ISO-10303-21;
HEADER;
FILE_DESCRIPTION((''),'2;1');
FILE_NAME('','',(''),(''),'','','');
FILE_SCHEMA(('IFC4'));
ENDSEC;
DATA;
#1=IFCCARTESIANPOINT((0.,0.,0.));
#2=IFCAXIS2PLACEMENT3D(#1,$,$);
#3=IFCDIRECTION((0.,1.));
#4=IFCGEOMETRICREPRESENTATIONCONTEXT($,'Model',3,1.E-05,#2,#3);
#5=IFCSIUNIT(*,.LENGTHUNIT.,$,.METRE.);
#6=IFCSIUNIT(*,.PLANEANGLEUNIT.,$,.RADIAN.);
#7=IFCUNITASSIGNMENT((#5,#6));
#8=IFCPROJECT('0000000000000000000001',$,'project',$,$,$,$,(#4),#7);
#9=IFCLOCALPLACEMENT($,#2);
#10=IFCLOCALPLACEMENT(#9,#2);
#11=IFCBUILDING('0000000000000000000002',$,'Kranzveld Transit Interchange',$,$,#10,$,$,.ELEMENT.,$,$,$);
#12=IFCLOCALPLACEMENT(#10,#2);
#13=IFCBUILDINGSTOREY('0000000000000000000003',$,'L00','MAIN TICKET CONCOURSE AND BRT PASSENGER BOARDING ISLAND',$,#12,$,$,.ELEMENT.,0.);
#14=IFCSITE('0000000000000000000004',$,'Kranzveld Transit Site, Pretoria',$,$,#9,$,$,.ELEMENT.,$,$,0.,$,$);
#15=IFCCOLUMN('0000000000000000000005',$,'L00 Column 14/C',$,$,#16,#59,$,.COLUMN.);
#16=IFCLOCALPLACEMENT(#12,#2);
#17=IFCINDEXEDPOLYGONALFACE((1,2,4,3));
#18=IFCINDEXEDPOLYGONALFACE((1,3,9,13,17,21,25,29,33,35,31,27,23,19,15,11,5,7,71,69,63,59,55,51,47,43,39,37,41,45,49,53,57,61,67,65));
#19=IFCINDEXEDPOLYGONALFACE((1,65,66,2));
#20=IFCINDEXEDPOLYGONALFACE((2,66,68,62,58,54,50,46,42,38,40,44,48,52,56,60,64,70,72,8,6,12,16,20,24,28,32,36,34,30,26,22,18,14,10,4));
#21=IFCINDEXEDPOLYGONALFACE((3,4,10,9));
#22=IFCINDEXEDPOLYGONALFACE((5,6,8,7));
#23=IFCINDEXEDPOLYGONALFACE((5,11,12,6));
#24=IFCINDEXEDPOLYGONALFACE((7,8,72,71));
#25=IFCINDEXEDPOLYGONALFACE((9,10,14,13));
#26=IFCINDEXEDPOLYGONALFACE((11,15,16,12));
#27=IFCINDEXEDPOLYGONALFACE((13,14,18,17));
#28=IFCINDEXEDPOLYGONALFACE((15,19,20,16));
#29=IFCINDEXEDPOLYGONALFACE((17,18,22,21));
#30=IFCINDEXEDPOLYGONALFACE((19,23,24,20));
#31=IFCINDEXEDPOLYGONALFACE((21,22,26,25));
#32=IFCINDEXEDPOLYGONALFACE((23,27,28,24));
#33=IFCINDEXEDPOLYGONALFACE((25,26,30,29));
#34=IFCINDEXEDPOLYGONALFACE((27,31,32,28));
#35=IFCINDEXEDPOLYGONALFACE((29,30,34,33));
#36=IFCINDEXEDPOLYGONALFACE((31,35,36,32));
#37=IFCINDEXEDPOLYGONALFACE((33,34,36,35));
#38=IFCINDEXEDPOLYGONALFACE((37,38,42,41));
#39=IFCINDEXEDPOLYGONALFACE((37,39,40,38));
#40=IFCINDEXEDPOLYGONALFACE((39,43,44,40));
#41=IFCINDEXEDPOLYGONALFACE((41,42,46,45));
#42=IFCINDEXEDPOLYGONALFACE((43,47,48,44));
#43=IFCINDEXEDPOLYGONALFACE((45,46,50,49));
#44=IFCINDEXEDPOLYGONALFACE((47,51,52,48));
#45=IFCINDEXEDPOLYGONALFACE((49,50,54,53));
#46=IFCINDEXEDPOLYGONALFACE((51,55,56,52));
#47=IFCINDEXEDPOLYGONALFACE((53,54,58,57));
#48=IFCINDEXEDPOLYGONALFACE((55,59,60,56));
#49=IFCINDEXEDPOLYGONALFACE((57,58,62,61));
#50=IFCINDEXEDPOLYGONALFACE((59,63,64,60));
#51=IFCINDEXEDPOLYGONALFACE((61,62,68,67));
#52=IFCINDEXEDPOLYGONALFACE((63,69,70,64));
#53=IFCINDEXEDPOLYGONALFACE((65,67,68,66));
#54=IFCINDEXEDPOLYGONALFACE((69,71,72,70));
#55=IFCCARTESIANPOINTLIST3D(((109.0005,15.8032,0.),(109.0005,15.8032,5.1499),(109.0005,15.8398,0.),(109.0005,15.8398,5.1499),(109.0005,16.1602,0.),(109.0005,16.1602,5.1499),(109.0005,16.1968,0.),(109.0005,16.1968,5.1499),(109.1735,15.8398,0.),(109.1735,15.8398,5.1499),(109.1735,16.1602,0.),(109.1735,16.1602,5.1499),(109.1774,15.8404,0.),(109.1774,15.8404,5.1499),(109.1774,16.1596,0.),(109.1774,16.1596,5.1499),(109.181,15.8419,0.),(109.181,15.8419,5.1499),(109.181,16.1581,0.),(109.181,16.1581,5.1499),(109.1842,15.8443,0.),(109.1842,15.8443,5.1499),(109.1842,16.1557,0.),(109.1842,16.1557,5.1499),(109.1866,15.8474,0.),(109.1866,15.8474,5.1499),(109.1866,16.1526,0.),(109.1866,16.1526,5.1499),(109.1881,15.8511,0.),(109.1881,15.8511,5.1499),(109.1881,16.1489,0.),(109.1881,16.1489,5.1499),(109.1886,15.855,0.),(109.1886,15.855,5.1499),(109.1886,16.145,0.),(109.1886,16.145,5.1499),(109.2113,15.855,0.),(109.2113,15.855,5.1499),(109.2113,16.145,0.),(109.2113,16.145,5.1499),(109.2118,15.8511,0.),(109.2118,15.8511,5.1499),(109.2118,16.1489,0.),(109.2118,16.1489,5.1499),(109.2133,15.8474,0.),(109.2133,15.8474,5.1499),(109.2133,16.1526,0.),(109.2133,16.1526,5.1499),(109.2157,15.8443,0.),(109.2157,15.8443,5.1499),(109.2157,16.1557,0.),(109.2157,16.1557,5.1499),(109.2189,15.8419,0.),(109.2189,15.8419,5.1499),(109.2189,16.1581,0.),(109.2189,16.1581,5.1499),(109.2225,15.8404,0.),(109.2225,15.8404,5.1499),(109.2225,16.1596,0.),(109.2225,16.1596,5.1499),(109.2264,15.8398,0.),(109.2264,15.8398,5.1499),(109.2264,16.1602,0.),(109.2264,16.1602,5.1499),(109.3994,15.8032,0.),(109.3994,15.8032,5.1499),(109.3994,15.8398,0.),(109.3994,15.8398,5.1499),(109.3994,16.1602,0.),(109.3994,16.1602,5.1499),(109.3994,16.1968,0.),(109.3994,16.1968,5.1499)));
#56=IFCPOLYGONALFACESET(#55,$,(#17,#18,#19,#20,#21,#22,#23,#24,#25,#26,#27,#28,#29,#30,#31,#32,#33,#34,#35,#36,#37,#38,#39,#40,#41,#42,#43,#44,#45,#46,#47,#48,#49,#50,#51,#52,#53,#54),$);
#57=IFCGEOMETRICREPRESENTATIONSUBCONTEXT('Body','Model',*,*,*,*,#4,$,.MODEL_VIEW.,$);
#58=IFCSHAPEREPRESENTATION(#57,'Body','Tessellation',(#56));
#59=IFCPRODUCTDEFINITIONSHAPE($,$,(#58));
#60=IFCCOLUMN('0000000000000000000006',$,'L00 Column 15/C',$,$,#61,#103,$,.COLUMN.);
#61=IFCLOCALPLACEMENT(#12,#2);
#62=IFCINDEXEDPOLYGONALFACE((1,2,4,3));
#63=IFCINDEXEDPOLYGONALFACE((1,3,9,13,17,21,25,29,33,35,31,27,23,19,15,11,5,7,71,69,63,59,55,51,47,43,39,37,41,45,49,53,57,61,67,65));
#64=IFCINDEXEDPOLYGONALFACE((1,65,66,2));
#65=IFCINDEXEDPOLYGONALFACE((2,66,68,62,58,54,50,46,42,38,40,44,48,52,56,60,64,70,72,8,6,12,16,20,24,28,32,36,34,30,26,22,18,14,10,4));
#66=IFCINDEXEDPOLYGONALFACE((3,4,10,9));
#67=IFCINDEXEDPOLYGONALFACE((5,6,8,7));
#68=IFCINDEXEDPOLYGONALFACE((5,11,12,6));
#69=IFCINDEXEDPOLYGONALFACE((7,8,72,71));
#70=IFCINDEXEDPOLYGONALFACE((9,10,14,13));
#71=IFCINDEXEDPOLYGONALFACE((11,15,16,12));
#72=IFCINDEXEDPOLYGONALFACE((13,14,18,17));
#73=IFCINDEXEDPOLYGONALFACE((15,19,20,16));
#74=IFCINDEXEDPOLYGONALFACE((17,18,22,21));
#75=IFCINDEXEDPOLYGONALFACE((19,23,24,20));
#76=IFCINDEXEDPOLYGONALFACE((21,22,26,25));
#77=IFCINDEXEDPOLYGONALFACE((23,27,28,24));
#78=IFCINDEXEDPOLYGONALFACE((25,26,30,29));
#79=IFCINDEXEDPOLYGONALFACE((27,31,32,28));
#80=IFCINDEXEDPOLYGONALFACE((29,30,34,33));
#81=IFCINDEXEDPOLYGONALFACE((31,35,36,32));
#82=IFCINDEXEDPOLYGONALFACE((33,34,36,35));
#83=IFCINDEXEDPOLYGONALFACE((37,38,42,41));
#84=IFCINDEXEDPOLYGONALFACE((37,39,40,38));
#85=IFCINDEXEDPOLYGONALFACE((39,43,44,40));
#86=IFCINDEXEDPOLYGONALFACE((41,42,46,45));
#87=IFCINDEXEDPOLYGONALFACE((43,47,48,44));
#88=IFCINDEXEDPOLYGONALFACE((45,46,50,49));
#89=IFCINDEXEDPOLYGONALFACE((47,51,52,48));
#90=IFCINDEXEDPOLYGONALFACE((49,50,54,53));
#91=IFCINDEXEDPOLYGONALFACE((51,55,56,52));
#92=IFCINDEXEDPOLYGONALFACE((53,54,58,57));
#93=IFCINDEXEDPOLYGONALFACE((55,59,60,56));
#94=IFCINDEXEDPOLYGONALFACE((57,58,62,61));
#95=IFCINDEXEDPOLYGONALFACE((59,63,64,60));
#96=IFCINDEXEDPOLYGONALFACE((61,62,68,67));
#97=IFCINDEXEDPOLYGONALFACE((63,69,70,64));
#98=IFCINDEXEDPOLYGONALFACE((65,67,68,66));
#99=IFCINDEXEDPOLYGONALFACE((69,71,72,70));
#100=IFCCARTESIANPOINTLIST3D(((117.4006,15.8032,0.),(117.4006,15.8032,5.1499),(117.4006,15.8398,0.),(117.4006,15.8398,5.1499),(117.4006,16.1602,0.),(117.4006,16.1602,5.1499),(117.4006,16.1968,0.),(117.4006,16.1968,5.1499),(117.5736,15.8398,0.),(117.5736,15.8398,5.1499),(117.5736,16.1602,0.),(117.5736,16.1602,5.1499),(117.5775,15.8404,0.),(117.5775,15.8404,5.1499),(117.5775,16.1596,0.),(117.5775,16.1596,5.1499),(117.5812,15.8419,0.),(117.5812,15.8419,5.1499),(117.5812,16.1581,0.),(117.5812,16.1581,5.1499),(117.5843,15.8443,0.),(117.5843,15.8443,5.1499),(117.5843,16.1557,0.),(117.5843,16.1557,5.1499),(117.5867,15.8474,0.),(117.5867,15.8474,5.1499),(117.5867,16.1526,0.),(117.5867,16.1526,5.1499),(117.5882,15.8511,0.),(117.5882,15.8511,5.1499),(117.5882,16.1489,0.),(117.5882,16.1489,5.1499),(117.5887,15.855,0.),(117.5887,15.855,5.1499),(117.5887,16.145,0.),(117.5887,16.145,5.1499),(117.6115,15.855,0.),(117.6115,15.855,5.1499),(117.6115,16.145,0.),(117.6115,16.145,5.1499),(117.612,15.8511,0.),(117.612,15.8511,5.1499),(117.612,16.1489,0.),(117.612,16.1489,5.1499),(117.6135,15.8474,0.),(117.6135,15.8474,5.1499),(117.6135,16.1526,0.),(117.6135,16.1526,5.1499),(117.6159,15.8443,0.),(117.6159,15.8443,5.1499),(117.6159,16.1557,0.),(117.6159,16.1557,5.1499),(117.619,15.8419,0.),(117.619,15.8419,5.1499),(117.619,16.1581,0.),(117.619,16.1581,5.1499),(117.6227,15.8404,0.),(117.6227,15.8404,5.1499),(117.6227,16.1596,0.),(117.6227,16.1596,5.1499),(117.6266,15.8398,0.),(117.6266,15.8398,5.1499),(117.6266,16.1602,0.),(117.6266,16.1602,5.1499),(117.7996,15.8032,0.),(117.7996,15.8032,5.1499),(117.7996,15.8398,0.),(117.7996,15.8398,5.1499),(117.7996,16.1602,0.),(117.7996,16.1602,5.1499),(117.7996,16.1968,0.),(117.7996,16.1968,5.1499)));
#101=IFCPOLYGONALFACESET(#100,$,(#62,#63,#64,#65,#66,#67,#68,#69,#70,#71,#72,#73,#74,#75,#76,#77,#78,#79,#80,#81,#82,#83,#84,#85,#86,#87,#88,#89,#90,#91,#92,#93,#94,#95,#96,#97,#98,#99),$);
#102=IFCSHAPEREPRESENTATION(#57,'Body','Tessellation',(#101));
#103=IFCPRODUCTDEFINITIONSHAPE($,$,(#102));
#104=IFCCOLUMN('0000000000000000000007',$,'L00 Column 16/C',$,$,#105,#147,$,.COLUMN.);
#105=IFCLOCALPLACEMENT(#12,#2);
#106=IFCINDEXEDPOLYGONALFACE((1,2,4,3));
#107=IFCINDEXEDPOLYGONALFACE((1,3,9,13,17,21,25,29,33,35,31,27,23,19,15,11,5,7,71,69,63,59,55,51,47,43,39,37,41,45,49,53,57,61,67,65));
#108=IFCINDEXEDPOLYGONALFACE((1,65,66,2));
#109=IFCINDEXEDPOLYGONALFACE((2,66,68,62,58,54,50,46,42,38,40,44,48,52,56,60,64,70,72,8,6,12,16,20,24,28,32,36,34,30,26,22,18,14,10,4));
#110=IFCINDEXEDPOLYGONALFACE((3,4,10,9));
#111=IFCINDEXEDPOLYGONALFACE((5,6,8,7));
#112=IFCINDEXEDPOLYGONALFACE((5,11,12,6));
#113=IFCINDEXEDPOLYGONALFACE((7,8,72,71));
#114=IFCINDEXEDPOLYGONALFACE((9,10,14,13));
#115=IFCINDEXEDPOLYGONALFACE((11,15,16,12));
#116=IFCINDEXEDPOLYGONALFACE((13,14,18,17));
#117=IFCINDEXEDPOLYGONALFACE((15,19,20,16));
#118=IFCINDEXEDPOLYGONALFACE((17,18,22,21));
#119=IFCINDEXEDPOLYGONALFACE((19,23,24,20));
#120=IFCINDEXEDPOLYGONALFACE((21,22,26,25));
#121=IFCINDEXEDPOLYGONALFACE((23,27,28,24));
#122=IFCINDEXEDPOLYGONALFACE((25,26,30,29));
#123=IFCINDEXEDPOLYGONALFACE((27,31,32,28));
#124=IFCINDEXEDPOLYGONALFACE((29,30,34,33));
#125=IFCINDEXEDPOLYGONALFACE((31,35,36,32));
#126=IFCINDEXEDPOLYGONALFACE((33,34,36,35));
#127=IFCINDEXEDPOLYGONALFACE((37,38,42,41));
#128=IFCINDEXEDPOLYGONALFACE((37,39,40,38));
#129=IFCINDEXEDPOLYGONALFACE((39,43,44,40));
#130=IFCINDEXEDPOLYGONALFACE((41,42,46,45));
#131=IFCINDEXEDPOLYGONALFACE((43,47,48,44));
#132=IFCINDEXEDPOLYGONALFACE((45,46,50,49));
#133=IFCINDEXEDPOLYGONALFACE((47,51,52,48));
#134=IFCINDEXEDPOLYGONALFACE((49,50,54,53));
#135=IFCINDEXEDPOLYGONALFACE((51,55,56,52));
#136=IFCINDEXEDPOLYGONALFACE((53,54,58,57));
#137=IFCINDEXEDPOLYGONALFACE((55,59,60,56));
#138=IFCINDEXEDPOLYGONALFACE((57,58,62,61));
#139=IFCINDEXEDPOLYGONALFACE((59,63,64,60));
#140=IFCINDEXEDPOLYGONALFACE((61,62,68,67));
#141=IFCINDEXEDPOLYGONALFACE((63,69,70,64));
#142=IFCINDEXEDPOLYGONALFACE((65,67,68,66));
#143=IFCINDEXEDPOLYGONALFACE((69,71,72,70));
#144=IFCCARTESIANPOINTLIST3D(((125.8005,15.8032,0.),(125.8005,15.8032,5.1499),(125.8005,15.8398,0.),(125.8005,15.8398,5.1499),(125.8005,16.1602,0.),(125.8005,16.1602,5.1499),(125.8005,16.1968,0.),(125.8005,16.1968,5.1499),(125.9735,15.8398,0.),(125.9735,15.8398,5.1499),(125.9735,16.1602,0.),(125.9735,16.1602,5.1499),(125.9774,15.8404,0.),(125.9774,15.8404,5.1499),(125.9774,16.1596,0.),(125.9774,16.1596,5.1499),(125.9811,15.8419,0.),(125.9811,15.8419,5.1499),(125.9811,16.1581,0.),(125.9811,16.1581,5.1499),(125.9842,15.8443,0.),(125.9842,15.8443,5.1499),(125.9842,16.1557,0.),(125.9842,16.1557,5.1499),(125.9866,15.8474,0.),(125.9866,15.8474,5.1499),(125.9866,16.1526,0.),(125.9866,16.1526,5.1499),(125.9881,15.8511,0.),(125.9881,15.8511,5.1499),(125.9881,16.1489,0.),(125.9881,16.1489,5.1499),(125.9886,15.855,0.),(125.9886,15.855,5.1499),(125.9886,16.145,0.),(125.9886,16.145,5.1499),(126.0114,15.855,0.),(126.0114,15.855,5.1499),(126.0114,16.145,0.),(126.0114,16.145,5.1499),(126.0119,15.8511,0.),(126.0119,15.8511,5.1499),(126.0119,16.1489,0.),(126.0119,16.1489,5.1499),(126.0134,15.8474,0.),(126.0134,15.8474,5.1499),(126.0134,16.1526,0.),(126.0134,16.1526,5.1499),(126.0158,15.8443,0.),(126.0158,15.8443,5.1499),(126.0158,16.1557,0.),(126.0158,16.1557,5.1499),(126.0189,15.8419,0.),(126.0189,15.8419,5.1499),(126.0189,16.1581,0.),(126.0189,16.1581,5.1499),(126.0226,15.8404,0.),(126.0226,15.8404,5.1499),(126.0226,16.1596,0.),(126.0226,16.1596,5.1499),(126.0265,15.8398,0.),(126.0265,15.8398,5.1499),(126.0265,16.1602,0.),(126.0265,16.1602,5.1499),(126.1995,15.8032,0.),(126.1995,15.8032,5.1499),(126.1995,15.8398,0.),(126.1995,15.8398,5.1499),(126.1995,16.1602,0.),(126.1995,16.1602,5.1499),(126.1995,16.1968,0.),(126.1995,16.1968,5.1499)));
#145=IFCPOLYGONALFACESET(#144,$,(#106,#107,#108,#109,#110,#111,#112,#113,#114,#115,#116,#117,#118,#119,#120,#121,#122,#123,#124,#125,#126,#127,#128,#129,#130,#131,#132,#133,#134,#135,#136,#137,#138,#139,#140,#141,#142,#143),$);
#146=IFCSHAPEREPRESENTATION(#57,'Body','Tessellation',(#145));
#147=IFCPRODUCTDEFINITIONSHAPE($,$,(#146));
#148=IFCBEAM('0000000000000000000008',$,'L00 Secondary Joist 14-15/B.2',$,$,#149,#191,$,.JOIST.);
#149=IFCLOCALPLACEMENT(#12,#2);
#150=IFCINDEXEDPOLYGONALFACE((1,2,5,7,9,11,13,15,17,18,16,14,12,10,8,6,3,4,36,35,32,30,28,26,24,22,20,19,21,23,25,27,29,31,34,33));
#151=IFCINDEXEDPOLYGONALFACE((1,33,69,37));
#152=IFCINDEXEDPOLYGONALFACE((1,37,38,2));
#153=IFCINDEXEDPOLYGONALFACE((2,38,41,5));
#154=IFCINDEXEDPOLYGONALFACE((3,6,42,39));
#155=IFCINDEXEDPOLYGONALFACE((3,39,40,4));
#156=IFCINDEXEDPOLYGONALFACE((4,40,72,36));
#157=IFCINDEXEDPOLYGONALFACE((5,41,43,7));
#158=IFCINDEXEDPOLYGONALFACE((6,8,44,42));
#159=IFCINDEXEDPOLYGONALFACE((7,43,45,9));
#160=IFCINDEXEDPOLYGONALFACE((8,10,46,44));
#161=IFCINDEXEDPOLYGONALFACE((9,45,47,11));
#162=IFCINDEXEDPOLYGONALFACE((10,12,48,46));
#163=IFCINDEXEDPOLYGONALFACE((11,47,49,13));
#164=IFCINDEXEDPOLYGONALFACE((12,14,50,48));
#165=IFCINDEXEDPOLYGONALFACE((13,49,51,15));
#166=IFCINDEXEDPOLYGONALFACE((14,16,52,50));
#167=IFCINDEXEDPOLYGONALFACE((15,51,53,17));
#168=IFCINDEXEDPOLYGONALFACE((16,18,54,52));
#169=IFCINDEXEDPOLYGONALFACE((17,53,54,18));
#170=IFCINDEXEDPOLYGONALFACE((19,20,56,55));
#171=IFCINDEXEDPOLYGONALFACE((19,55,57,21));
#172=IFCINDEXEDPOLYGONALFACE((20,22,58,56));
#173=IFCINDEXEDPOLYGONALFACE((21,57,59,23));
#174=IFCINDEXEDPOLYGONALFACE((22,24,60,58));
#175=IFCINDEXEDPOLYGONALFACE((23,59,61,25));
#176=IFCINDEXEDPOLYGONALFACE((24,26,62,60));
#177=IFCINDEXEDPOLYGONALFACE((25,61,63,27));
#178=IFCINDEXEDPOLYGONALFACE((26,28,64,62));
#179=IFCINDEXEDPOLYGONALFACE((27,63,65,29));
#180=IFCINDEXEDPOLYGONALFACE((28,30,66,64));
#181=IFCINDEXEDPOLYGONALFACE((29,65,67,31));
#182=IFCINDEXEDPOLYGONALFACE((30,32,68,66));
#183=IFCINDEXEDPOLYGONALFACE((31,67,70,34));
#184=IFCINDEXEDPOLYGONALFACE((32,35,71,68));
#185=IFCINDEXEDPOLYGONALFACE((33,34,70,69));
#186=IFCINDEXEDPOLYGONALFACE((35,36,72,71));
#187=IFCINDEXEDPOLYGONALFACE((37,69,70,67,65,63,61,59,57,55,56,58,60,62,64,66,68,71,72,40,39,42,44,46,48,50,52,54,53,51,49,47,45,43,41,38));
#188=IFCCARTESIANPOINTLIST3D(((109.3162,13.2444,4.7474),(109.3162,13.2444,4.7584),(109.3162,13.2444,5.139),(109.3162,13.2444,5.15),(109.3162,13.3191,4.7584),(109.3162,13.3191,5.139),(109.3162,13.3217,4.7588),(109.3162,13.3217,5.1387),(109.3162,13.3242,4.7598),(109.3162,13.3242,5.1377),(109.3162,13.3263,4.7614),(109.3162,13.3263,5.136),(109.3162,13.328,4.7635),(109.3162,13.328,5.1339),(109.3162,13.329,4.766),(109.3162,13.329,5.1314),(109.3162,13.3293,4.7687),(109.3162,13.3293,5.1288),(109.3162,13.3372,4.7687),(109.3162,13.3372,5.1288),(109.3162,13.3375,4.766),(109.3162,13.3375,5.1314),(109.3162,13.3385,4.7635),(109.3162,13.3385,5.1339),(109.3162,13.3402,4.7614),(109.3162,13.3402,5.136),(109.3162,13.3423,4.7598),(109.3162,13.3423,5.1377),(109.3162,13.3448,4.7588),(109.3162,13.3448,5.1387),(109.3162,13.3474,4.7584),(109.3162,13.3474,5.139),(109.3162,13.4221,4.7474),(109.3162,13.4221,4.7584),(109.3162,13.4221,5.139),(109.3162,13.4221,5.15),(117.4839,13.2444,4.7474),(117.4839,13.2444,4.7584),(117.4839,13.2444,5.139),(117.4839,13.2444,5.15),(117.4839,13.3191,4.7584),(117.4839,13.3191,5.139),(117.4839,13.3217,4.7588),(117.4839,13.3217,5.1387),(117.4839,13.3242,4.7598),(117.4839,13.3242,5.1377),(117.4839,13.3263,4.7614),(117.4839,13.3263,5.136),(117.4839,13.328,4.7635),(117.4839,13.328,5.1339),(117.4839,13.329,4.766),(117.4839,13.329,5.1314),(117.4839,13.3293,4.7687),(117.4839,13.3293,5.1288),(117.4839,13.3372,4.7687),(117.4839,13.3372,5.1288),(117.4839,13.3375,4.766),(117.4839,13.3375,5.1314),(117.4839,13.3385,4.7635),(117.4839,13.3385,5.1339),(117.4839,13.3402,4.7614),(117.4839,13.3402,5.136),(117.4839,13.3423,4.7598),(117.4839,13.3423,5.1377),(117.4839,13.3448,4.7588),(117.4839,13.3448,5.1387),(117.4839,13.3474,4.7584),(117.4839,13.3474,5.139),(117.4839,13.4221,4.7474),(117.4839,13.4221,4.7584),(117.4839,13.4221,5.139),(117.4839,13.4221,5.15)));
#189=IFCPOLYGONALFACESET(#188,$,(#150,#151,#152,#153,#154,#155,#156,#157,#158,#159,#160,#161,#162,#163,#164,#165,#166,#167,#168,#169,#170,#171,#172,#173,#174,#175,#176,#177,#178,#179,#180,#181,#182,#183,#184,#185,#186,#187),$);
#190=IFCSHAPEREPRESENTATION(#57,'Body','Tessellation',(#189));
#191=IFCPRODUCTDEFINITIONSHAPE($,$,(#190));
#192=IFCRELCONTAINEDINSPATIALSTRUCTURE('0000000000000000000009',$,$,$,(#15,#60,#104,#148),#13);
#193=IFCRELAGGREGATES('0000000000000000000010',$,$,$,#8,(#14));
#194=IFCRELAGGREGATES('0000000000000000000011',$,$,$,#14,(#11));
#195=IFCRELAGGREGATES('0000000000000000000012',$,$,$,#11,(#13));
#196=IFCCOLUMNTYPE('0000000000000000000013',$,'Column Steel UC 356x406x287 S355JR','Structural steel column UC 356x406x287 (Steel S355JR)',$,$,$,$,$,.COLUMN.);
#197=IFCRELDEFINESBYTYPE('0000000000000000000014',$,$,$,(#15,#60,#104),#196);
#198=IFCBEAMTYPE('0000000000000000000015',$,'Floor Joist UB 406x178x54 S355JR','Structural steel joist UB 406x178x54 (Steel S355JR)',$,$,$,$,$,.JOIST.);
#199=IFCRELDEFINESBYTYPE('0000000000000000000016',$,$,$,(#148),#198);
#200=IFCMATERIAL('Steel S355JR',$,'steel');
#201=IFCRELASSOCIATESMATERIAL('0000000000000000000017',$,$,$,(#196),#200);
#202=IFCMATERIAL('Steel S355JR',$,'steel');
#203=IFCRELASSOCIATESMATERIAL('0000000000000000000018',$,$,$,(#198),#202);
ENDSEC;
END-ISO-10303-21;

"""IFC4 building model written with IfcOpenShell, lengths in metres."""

from ifc_helpers import new_model, si_unit, direction, frame, origin, origin_2d, place, context, subcontext, project, spatial, i_section, extrude, material, material_profile, profile_set, type_object, element, save


model = new_model("IFC4")

# Units and contexts
model_context = context("Model", 3, precision=1e-05, world=origin(), true_north=direction((0.0, 1.0)))
body_context = subcontext(model_context, "Body", "Model", "MODEL_VIEW")
ifc_project = project(units=[si_unit("LENGTHUNIT", "METRE"), si_unit("PLANEANGLEUNIT", "RADIAN")], contexts=[model_context])

# Site, building, storey
site_placement = place(None, origin())
site = spatial("IfcSite", under=ifc_project, at=site_placement, Name="Kranzveld Transit Site, Pretoria", CompositionType="ELEMENT", RefElevation=0.0)
building_placement = place(site_placement, origin())
building = spatial("IfcBuilding", under=site, at=building_placement, Name="Kranzveld Transit Interchange", CompositionType="ELEMENT")
storey_placement = place(building_placement, origin())
storey = spatial("IfcBuildingStorey", under=building, at=storey_placement, Name="L00", Description="MAIN TICKET CONCOURSE AND BRT PASSENGER BOARDING ISLAND", CompositionType="ELEMENT", Elevation=0.0)

# Columns
ifc_material_1 = material(Name="Steel S355JR", Category="steel")
ifc_material_profile_1 = material_profile(ifc_material_1, i_section(OverallWidth=0.3989, OverallDepth=0.3936, WebThickness=0.0227, FlangeThickness=0.0366, FilletRadius=0.0151, at=origin_2d()), Name="UC 356x406x287")
ifc_profile_set_1 = profile_set([ifc_material_profile_1], Name="Steel S355JR")
column_type_1 = type_object("IfcColumnType", Name="Column Steel UC 356x406x287 S355JR", Description="Structural steel column UC 356x406x287 (Steel S355JR)", PredefinedType="COLUMN", material=ifc_profile_set_1)
for number, where, z_axis, x_axis, name in (
    (1, (109.2, 16.0, 0.0), (0.0, 0.0, 1.0), (1.0, 0.0, 0.0), "L00 Column 14/C"),
    (2, (117.6001, 16.0, 0.0), (0.0, 0.0, 1.0), (1.0, 0.0, 0.0), "L00 Column 15/C"),
    (3, (126.0, 16.0, 0.0), (0.0, 0.0, 1.0), (1.0, 0.0, 0.0), "L00 Column 16/C"),
):
    element("IfcColumn", number, at=place(storey_placement, frame(where, z_axis=z_axis, x_axis=x_axis)), inside=storey, type_object=column_type_1, Name=name, PredefinedType="COLUMN", context=body_context, shape_type="SweptSolid", body=[
        extrude(i_section(OverallWidth=0.3989, OverallDepth=0.3936, WebThickness=0.0227, FlangeThickness=0.0366, FilletRadius=0.0151, at=origin_2d()), origin(), (0.0, 0.0, 1.0), 5.1499),
    ])

# Beam
ifc_material_2 = material(Name="Steel S355JR", Category="steel")
ifc_material_profile_2 = material_profile(ifc_material_2, i_section(OverallWidth=0.1777, OverallDepth=0.4026, WebThickness=0.0078, FlangeThickness=0.011, FilletRadius=0.0103, at=origin_2d()), Name="UB 406x178x54")
ifc_profile_set_2 = profile_set([ifc_material_profile_2], Name="Steel S355JR")
beam_type_1 = type_object("IfcBeamType", Name="Floor Joist UB 406x178x54 S355JR", Description="Structural steel joist UB 406x178x54 (Steel S355JR)", PredefinedType="JOIST", material=ifc_profile_set_2)
for number, where, z_axis, x_axis, name in (
    (4, (109.3162, 13.3333, 4.9487), (1.0, 0.0, 0.0), (0.0, 1.0, 0.0), "L00 Secondary Joist 14-15/B.2"),
):
    element("IfcBeam", number, at=place(storey_placement, frame(where, z_axis=z_axis, x_axis=x_axis)), inside=storey, type_object=beam_type_1, Name=name, PredefinedType="JOIST", context=body_context, shape_type="SweptSolid", body=[
        extrude(i_section(OverallWidth=0.1777, OverallDepth=0.4026, WebThickness=0.0078, FlangeThickness=0.011, FilletRadius=0.0103, at=origin_2d()), origin(), (0.0, 0.0, 1.0), 8.1677),
    ])

save(model, "model.ifc")
